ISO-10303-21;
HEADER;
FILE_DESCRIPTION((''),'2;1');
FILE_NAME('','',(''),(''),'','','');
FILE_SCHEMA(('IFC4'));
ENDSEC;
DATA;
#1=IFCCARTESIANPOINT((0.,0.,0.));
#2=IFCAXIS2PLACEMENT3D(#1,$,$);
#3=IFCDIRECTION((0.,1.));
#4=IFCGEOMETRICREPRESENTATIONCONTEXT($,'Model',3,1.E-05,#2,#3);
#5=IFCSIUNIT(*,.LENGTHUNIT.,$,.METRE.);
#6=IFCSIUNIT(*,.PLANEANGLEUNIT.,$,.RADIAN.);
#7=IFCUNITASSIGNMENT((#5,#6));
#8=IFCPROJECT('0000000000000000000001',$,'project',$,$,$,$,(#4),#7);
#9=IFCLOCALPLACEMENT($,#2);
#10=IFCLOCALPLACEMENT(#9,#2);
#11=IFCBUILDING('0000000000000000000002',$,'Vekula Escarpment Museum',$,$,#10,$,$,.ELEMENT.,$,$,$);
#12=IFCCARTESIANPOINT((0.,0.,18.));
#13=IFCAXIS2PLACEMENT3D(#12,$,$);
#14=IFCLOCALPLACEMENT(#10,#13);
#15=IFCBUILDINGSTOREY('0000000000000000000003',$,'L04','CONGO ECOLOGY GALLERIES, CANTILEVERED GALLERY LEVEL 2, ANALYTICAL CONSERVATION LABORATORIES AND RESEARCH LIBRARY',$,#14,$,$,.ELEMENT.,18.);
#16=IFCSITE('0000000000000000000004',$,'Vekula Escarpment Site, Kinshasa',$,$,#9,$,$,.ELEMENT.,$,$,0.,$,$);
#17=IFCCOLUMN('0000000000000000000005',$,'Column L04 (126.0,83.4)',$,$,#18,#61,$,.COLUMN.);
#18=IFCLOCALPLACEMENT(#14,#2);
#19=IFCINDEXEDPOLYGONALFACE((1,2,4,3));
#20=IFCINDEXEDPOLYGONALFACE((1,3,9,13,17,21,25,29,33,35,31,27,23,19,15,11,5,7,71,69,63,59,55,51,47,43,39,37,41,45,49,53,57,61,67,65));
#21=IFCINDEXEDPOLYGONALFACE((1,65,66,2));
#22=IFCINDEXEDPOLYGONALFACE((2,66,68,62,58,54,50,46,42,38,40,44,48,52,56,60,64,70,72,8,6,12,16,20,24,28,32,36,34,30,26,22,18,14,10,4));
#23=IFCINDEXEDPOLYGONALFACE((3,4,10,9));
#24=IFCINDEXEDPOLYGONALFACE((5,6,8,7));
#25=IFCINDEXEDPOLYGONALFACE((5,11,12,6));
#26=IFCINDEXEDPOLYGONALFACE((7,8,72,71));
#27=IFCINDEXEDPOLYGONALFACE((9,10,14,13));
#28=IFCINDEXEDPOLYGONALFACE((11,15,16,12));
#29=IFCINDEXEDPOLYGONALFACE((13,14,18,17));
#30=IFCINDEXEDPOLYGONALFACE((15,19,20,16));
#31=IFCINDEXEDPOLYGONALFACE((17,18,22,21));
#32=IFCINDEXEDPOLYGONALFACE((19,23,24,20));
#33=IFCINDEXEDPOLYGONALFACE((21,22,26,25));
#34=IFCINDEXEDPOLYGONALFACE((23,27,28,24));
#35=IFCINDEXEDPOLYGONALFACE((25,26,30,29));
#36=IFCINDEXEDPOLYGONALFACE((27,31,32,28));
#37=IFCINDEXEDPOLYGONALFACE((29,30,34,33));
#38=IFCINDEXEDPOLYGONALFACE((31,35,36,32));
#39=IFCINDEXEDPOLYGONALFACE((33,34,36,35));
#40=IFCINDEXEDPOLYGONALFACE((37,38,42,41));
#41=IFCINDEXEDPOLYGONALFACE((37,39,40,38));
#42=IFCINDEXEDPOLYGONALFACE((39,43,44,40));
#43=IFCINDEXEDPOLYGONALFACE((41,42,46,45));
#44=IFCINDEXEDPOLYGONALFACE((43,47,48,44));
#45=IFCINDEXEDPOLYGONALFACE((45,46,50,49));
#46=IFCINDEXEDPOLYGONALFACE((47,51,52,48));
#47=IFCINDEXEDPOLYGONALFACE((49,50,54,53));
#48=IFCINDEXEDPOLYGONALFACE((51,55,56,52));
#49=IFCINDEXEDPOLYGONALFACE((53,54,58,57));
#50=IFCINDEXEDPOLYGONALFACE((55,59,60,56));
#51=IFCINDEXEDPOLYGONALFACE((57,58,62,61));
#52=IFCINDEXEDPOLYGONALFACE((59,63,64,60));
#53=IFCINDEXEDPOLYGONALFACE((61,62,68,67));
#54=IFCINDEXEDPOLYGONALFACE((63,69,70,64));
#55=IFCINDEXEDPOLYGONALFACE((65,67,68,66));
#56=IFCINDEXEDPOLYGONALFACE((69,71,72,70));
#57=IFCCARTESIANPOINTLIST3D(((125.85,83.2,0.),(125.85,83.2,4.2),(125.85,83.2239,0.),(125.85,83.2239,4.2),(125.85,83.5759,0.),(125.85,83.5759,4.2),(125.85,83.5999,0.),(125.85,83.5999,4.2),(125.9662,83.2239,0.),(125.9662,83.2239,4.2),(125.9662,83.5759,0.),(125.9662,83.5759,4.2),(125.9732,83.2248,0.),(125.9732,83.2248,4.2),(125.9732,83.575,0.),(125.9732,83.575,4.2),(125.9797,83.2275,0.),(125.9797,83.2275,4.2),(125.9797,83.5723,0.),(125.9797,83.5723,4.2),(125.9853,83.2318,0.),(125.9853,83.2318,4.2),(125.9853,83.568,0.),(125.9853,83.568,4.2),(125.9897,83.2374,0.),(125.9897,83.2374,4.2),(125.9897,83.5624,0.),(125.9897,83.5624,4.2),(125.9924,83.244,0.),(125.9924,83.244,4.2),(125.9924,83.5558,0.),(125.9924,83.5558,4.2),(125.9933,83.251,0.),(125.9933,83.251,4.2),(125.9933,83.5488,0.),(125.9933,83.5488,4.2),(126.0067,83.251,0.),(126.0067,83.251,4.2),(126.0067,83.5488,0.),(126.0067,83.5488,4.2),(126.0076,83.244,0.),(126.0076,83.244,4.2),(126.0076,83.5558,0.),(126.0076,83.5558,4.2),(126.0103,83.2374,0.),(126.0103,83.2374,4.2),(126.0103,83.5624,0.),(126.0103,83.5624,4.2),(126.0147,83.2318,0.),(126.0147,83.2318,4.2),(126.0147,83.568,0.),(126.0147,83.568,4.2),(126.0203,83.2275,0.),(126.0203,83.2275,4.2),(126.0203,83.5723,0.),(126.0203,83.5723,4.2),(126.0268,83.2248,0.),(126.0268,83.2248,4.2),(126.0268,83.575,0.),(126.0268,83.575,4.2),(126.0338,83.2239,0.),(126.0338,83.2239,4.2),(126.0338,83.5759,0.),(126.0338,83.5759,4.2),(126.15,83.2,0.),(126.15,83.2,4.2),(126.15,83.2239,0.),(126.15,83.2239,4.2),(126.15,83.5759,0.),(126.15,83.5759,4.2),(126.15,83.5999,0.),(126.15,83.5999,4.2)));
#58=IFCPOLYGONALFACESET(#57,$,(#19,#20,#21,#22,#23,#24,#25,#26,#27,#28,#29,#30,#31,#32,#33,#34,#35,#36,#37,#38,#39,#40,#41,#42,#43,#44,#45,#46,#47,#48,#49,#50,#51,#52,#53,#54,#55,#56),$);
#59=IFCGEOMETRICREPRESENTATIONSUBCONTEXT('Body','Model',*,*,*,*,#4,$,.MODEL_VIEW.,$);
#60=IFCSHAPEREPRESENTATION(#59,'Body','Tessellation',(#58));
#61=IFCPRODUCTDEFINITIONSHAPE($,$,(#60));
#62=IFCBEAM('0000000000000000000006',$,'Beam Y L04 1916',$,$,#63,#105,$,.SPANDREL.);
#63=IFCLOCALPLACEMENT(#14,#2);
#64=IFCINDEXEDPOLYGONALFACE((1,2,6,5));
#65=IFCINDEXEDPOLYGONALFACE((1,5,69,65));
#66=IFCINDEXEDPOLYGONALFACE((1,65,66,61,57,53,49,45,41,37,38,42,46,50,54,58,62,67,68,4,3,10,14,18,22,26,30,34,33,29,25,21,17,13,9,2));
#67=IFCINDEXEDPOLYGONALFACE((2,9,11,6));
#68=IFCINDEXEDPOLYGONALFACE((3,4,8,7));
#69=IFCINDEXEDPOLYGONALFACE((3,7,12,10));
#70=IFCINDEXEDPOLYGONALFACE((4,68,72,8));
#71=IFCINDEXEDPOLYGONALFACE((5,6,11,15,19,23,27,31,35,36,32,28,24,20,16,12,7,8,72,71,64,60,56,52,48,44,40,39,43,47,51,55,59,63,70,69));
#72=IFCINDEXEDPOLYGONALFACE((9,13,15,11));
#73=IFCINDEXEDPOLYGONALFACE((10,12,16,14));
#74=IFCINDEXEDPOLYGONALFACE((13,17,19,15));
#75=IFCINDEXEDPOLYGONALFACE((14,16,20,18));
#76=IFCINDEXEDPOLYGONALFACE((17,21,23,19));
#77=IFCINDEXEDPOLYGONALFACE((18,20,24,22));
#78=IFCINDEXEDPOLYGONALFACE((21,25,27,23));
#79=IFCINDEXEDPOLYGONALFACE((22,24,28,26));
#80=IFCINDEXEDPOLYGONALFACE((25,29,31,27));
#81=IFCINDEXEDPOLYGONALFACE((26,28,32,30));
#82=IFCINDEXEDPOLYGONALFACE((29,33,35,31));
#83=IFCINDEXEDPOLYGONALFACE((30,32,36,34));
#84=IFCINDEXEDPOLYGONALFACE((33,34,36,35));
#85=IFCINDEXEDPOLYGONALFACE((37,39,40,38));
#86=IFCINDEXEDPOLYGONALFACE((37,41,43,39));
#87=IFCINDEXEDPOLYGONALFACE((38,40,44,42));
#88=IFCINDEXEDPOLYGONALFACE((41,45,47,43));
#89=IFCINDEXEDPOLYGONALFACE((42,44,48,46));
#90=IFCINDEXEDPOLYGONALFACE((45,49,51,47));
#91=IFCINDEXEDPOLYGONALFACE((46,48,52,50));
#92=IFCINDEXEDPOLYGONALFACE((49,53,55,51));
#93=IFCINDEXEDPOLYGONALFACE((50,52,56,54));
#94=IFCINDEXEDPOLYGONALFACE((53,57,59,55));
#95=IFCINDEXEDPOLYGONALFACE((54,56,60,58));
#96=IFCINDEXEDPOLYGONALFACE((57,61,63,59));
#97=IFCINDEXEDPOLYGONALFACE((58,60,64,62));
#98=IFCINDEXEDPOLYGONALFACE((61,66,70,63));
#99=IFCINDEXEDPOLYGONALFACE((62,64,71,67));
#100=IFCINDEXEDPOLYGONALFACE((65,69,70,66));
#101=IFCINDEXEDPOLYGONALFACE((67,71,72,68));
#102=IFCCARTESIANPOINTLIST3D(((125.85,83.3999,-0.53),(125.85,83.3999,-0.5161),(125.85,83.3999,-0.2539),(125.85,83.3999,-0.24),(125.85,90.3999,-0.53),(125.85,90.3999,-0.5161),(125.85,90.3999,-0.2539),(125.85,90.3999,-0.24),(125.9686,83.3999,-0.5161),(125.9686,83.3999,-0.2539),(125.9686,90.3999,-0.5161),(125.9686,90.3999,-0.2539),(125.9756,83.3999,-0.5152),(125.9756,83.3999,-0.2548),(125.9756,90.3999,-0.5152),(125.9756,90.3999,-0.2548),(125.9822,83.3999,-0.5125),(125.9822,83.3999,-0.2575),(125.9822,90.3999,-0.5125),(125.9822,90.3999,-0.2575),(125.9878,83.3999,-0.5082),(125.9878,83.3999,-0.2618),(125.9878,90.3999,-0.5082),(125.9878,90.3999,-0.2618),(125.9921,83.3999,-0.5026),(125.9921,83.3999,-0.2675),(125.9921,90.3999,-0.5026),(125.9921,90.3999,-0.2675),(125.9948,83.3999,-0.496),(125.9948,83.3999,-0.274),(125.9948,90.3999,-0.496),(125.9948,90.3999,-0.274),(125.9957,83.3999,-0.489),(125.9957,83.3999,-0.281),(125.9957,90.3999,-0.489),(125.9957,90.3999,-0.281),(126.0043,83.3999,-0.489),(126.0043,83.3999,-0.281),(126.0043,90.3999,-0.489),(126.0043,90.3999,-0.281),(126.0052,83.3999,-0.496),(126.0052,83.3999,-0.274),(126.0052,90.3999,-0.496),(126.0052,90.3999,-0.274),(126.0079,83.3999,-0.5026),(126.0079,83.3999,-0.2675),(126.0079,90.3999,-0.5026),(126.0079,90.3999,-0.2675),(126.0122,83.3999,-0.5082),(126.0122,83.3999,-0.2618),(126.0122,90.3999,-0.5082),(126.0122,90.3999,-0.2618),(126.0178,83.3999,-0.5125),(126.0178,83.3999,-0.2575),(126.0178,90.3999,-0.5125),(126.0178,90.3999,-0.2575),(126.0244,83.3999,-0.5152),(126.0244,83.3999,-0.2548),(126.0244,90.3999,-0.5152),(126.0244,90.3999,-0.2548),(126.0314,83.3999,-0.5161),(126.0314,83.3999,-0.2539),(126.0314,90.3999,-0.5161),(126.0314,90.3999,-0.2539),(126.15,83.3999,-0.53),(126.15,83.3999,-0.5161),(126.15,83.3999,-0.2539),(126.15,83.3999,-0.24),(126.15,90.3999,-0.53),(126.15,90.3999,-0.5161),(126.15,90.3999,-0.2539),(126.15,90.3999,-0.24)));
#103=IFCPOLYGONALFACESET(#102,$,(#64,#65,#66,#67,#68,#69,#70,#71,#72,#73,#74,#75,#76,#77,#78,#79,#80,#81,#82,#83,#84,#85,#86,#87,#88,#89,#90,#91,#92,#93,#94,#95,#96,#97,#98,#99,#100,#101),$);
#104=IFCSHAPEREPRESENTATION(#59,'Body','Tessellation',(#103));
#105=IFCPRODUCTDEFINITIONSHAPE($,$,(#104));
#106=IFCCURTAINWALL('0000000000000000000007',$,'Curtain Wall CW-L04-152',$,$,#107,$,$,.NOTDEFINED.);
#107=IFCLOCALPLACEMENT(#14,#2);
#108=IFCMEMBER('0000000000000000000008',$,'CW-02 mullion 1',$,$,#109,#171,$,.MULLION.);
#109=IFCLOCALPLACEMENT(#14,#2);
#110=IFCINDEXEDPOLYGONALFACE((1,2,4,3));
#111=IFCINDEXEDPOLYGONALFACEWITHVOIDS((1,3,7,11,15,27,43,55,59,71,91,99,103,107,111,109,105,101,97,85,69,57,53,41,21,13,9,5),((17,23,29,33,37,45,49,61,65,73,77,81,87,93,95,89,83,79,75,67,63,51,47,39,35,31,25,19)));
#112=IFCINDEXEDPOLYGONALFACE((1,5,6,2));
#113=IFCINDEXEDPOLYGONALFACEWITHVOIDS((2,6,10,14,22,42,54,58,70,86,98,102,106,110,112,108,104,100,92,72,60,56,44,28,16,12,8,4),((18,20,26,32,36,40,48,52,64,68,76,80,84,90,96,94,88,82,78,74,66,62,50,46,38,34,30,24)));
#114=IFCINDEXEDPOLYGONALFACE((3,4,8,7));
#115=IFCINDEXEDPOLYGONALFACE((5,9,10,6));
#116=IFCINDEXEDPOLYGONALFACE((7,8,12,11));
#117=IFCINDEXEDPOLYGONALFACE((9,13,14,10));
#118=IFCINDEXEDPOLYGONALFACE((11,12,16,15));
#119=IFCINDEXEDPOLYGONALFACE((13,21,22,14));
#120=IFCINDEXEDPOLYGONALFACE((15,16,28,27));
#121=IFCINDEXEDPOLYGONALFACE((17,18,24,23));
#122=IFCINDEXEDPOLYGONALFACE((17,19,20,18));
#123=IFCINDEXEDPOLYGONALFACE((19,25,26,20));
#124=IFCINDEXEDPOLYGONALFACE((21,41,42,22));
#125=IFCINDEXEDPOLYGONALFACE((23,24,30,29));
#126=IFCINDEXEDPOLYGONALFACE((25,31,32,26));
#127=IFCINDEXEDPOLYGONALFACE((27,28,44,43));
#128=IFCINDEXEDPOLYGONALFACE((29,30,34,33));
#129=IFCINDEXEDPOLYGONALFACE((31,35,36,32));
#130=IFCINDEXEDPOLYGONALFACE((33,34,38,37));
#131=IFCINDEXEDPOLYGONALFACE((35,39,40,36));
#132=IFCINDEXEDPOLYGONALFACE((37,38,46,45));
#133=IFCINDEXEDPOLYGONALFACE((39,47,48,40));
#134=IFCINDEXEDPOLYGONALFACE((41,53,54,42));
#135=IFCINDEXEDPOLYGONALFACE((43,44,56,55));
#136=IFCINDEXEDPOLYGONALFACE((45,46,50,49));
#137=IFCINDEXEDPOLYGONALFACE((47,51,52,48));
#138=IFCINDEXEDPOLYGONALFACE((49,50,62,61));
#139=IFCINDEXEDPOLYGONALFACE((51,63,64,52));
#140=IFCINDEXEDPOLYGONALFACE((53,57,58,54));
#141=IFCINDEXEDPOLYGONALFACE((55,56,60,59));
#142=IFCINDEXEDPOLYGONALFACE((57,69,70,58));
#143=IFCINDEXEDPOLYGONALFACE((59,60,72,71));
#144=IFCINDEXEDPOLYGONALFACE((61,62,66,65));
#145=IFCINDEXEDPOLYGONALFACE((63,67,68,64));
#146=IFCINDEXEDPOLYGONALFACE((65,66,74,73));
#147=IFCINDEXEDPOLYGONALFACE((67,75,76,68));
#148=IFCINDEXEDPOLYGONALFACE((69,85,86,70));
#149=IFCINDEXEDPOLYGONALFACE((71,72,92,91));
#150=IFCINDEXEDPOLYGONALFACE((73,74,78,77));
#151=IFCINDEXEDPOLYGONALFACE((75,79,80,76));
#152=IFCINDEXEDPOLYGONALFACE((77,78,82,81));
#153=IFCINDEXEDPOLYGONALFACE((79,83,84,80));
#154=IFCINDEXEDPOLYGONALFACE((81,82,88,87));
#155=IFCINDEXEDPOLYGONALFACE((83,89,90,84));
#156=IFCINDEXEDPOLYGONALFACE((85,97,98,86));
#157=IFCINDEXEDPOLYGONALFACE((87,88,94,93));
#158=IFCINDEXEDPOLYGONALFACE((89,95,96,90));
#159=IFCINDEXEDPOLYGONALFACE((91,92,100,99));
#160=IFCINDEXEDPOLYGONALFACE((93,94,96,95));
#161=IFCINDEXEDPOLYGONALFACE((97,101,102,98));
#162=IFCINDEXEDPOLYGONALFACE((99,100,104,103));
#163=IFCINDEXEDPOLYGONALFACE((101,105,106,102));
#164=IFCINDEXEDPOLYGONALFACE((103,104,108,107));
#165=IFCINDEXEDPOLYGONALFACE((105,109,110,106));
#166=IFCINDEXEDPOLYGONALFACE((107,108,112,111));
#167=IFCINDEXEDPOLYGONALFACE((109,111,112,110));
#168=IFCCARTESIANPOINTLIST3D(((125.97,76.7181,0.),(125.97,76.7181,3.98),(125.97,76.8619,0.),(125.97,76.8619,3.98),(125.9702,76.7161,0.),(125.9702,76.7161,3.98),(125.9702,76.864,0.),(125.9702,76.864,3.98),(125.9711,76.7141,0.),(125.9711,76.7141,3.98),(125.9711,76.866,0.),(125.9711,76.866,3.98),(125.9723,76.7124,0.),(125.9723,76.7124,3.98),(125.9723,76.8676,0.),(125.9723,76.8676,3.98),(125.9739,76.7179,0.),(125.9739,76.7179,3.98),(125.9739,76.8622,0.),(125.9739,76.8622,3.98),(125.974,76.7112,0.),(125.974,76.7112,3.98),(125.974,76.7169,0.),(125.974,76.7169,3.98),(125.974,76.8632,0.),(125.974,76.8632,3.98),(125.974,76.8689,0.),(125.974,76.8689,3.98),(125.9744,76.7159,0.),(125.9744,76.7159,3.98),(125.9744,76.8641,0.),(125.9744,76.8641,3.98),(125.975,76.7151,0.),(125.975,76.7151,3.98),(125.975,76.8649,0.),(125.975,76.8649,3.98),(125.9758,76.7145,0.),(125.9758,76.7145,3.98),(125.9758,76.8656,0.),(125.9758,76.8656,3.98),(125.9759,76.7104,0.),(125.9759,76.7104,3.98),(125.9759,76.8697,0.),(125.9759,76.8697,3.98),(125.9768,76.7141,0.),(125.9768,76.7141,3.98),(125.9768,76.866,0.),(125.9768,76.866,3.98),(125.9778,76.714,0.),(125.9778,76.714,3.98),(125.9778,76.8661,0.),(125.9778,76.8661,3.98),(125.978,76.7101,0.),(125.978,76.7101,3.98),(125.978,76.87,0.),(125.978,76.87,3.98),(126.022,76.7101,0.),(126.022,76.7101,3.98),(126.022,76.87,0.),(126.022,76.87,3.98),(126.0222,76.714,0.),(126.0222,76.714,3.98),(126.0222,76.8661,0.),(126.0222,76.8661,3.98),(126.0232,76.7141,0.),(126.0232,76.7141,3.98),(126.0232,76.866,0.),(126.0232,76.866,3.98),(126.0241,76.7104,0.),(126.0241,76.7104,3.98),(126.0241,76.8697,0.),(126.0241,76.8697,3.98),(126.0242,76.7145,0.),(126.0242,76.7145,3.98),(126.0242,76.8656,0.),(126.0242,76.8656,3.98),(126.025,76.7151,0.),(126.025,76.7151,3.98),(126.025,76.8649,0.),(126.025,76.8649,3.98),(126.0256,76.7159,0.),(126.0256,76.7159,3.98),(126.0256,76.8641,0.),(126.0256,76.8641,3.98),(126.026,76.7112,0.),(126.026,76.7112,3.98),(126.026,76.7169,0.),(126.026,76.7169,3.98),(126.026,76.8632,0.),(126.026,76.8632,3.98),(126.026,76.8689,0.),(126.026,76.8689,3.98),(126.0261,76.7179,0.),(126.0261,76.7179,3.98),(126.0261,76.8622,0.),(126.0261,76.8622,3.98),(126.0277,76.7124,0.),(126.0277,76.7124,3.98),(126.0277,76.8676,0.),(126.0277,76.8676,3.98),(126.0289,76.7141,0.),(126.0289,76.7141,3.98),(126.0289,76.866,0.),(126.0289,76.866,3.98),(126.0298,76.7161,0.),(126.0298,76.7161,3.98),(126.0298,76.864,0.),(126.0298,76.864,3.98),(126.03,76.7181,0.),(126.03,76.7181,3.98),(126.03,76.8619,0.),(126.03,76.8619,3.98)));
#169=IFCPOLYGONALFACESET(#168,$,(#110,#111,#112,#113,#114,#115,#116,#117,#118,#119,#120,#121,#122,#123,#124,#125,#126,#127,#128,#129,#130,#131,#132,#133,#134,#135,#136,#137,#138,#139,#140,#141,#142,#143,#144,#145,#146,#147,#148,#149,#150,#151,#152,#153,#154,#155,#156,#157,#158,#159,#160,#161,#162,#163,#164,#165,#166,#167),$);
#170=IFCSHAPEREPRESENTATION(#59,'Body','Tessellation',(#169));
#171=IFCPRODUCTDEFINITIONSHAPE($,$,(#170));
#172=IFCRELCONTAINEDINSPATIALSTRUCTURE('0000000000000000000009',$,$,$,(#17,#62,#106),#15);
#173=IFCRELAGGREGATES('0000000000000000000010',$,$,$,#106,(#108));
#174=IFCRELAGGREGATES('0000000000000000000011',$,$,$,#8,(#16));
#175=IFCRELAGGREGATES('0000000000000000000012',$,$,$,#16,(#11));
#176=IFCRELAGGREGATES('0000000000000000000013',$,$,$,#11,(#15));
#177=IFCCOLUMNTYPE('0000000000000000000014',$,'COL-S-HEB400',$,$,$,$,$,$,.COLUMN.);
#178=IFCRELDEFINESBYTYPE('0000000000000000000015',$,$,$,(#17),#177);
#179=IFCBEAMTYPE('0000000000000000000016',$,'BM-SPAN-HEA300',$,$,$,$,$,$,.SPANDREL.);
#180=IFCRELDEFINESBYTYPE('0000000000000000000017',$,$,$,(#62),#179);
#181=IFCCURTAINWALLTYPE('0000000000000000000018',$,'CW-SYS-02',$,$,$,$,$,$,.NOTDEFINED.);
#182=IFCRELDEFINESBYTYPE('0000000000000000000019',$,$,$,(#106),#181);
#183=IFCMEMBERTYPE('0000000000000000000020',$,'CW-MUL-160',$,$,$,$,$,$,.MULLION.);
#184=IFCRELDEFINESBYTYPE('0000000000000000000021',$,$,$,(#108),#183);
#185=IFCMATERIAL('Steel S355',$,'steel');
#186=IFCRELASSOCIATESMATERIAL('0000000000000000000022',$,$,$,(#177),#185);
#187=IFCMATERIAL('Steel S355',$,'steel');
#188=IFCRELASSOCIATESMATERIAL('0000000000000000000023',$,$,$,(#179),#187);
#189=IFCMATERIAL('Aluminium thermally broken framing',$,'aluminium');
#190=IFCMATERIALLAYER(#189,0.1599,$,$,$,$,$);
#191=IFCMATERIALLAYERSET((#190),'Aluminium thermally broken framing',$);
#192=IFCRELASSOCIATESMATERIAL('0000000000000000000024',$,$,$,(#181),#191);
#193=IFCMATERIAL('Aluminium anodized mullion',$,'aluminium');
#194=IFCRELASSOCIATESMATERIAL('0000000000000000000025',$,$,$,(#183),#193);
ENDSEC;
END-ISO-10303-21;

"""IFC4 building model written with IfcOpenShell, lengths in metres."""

from ifc_helpers import new_model, si_unit, direction, frame, origin, origin_2d, place, context, subcontext, project, spatial, hollow_rectangle, i_section, extrude, material, layer, layer_set, material_profile, profile_set, type_object, element, aggregate, save


model = new_model("IFC4")

# Units and contexts
model_context = context("Model", 3, precision=1e-05, world=origin(), true_north=direction((0.0, 1.0)))
body_context = subcontext(model_context, "Body", "Model", "MODEL_VIEW")
ifc_project = project(units=[si_unit("LENGTHUNIT", "METRE"), si_unit("PLANEANGLEUNIT", "RADIAN")], contexts=[model_context])

# Site, building, storey
site_placement = place(None, origin())
site = spatial("IfcSite", under=ifc_project, at=site_placement, Name="Vekula Escarpment Site, Kinshasa", CompositionType="ELEMENT", RefElevation=0.0)
building_placement = place(site_placement, origin())
building = spatial("IfcBuilding", under=site, at=building_placement, Name="Vekula Escarpment Museum", CompositionType="ELEMENT")
storey_placement = place(building_placement, frame((0.0, 0.0, 18.0)))
storey = spatial("IfcBuildingStorey", under=building, at=storey_placement, Name="L04", Description="CONGO ECOLOGY GALLERIES, CANTILEVERED GALLERY LEVEL 2, ANALYTICAL CONSERVATION LABORATORIES AND RESEARCH LIBRARY", CompositionType="ELEMENT", Elevation=18.0)

# Column
ifc_material_1 = material(Name="Steel S355", Category="steel")
ifc_material_profile_1 = material_profile(ifc_material_1, i_section(OverallWidth=0.3, OverallDepth=0.3999, WebThickness=0.0134, FlangeThickness=0.0239, FilletRadius=0.0271, at=origin_2d()), Name="HEB 400")
ifc_profile_set_1 = profile_set([ifc_material_profile_1], Name="Steel S355")
column_type = type_object("IfcColumnType", Name="COL-S-HEB400", PredefinedType="COLUMN", material=ifc_profile_set_1)
column_placement = place(storey_placement, frame((126.0, 83.3999, 0.0), z_axis=(0.0, 0.0, 1.0), x_axis=(1.0, 0.0, 0.0)))
element("IfcColumn", 1, at=column_placement, inside=storey, type_object=column_type, Name="Column L04 (126.0,83.4)", PredefinedType="COLUMN", context=body_context, shape_type="SweptSolid", body=[
    extrude(i_section(OverallWidth=0.3, OverallDepth=0.3999, WebThickness=0.0134, FlangeThickness=0.0239, FilletRadius=0.0271, at=origin_2d()), origin(), (0.0, 0.0, 1.0), 4.2),
])

# Beam
ifc_material_2 = material(Name="Steel S355", Category="steel")
ifc_material_profile_2 = material_profile(ifc_material_2, i_section(OverallWidth=0.3, OverallDepth=0.29, WebThickness=0.0085, FlangeThickness=0.0139, FilletRadius=0.0271, at=origin_2d()), Name="HEA 300")
ifc_profile_set_2 = profile_set([ifc_material_profile_2], Name="Steel S355")
beam_type = type_object("IfcBeamType", Name="BM-SPAN-HEA300", PredefinedType="SPANDREL", material=ifc_profile_set_2)
beam_placement = place(storey_placement, frame((126.0, 83.3999, -0.385), z_axis=(0.0, 1.0, 0.0), x_axis=(-1.0, 0.0, 0.0)))
element("IfcBeam", 2, at=beam_placement, inside=storey, type_object=beam_type, Name="Beam Y L04 1916", PredefinedType="SPANDREL", context=body_context, shape_type="SweptSolid", body=[
    extrude(i_section(OverallWidth=0.3, OverallDepth=0.29, WebThickness=0.0085, FlangeThickness=0.0139, FilletRadius=0.0271, at=origin_2d()), origin(), (0.0, 0.0, 1.0), 7.0),
])

# Curtain wall, member
ifc_material_3 = material(Name="Aluminium thermally broken framing", Category="aluminium")
ifc_layer_1 = layer(ifc_material_3, 0.1599)
ifc_layer_set_1 = layer_set([ifc_layer_1], Name="Aluminium thermally broken framing")
curtain_wall_type = type_object("IfcCurtainWallType", Name="CW-SYS-02", PredefinedType="NOTDEFINED", material=ifc_layer_set_1)
curtain_wall_placement = place(storey_placement, origin())
curtain_wall = element("IfcCurtainWall", 3, at=curtain_wall_placement, inside=storey, type_object=curtain_wall_type, Name="Curtain Wall CW-L04-152", PredefinedType="NOTDEFINED")
ifc_material_4 = material(Name="Aluminium anodized mullion", Category="aluminium")
ifc_material_profile_3 = material_profile(ifc_material_4, hollow_rectangle(XDim=0.0601, YDim=0.1599, WallThickness=0.0039, InnerFilletRadius=0.0039, OuterFilletRadius=0.0081, at=origin_2d()), Name="ALU 160x60x4")
ifc_profile_set_3 = profile_set([ifc_material_profile_3], Name="Aluminium anodized mullion")
member_type_1 = type_object("IfcMemberType", Name="CW-MUL-160", PredefinedType="MULLION", material=ifc_profile_set_3)
member_1_placement = place(storey_placement, frame((126.0, 76.79, 0.0), z_axis=(0.0, 0.0, 1.0), x_axis=(-1.0, 0.0, 0.0)))
member_1 = element("IfcMember", 4, at=member_1_placement, type_object=member_type_1, Name="CW-02 mullion 1", PredefinedType="MULLION", context=body_context, shape_type="SweptSolid", body=[
    extrude(hollow_rectangle(XDim=0.0601, YDim=0.1599, WallThickness=0.0039, InnerFilletRadius=0.0039, OuterFilletRadius=0.0081, at=origin_2d()), origin(), (0.0, 0.0, 1.0), 3.98),
])

aggregate(curtain_wall, [member_1])

save(model, "model.ifc")
